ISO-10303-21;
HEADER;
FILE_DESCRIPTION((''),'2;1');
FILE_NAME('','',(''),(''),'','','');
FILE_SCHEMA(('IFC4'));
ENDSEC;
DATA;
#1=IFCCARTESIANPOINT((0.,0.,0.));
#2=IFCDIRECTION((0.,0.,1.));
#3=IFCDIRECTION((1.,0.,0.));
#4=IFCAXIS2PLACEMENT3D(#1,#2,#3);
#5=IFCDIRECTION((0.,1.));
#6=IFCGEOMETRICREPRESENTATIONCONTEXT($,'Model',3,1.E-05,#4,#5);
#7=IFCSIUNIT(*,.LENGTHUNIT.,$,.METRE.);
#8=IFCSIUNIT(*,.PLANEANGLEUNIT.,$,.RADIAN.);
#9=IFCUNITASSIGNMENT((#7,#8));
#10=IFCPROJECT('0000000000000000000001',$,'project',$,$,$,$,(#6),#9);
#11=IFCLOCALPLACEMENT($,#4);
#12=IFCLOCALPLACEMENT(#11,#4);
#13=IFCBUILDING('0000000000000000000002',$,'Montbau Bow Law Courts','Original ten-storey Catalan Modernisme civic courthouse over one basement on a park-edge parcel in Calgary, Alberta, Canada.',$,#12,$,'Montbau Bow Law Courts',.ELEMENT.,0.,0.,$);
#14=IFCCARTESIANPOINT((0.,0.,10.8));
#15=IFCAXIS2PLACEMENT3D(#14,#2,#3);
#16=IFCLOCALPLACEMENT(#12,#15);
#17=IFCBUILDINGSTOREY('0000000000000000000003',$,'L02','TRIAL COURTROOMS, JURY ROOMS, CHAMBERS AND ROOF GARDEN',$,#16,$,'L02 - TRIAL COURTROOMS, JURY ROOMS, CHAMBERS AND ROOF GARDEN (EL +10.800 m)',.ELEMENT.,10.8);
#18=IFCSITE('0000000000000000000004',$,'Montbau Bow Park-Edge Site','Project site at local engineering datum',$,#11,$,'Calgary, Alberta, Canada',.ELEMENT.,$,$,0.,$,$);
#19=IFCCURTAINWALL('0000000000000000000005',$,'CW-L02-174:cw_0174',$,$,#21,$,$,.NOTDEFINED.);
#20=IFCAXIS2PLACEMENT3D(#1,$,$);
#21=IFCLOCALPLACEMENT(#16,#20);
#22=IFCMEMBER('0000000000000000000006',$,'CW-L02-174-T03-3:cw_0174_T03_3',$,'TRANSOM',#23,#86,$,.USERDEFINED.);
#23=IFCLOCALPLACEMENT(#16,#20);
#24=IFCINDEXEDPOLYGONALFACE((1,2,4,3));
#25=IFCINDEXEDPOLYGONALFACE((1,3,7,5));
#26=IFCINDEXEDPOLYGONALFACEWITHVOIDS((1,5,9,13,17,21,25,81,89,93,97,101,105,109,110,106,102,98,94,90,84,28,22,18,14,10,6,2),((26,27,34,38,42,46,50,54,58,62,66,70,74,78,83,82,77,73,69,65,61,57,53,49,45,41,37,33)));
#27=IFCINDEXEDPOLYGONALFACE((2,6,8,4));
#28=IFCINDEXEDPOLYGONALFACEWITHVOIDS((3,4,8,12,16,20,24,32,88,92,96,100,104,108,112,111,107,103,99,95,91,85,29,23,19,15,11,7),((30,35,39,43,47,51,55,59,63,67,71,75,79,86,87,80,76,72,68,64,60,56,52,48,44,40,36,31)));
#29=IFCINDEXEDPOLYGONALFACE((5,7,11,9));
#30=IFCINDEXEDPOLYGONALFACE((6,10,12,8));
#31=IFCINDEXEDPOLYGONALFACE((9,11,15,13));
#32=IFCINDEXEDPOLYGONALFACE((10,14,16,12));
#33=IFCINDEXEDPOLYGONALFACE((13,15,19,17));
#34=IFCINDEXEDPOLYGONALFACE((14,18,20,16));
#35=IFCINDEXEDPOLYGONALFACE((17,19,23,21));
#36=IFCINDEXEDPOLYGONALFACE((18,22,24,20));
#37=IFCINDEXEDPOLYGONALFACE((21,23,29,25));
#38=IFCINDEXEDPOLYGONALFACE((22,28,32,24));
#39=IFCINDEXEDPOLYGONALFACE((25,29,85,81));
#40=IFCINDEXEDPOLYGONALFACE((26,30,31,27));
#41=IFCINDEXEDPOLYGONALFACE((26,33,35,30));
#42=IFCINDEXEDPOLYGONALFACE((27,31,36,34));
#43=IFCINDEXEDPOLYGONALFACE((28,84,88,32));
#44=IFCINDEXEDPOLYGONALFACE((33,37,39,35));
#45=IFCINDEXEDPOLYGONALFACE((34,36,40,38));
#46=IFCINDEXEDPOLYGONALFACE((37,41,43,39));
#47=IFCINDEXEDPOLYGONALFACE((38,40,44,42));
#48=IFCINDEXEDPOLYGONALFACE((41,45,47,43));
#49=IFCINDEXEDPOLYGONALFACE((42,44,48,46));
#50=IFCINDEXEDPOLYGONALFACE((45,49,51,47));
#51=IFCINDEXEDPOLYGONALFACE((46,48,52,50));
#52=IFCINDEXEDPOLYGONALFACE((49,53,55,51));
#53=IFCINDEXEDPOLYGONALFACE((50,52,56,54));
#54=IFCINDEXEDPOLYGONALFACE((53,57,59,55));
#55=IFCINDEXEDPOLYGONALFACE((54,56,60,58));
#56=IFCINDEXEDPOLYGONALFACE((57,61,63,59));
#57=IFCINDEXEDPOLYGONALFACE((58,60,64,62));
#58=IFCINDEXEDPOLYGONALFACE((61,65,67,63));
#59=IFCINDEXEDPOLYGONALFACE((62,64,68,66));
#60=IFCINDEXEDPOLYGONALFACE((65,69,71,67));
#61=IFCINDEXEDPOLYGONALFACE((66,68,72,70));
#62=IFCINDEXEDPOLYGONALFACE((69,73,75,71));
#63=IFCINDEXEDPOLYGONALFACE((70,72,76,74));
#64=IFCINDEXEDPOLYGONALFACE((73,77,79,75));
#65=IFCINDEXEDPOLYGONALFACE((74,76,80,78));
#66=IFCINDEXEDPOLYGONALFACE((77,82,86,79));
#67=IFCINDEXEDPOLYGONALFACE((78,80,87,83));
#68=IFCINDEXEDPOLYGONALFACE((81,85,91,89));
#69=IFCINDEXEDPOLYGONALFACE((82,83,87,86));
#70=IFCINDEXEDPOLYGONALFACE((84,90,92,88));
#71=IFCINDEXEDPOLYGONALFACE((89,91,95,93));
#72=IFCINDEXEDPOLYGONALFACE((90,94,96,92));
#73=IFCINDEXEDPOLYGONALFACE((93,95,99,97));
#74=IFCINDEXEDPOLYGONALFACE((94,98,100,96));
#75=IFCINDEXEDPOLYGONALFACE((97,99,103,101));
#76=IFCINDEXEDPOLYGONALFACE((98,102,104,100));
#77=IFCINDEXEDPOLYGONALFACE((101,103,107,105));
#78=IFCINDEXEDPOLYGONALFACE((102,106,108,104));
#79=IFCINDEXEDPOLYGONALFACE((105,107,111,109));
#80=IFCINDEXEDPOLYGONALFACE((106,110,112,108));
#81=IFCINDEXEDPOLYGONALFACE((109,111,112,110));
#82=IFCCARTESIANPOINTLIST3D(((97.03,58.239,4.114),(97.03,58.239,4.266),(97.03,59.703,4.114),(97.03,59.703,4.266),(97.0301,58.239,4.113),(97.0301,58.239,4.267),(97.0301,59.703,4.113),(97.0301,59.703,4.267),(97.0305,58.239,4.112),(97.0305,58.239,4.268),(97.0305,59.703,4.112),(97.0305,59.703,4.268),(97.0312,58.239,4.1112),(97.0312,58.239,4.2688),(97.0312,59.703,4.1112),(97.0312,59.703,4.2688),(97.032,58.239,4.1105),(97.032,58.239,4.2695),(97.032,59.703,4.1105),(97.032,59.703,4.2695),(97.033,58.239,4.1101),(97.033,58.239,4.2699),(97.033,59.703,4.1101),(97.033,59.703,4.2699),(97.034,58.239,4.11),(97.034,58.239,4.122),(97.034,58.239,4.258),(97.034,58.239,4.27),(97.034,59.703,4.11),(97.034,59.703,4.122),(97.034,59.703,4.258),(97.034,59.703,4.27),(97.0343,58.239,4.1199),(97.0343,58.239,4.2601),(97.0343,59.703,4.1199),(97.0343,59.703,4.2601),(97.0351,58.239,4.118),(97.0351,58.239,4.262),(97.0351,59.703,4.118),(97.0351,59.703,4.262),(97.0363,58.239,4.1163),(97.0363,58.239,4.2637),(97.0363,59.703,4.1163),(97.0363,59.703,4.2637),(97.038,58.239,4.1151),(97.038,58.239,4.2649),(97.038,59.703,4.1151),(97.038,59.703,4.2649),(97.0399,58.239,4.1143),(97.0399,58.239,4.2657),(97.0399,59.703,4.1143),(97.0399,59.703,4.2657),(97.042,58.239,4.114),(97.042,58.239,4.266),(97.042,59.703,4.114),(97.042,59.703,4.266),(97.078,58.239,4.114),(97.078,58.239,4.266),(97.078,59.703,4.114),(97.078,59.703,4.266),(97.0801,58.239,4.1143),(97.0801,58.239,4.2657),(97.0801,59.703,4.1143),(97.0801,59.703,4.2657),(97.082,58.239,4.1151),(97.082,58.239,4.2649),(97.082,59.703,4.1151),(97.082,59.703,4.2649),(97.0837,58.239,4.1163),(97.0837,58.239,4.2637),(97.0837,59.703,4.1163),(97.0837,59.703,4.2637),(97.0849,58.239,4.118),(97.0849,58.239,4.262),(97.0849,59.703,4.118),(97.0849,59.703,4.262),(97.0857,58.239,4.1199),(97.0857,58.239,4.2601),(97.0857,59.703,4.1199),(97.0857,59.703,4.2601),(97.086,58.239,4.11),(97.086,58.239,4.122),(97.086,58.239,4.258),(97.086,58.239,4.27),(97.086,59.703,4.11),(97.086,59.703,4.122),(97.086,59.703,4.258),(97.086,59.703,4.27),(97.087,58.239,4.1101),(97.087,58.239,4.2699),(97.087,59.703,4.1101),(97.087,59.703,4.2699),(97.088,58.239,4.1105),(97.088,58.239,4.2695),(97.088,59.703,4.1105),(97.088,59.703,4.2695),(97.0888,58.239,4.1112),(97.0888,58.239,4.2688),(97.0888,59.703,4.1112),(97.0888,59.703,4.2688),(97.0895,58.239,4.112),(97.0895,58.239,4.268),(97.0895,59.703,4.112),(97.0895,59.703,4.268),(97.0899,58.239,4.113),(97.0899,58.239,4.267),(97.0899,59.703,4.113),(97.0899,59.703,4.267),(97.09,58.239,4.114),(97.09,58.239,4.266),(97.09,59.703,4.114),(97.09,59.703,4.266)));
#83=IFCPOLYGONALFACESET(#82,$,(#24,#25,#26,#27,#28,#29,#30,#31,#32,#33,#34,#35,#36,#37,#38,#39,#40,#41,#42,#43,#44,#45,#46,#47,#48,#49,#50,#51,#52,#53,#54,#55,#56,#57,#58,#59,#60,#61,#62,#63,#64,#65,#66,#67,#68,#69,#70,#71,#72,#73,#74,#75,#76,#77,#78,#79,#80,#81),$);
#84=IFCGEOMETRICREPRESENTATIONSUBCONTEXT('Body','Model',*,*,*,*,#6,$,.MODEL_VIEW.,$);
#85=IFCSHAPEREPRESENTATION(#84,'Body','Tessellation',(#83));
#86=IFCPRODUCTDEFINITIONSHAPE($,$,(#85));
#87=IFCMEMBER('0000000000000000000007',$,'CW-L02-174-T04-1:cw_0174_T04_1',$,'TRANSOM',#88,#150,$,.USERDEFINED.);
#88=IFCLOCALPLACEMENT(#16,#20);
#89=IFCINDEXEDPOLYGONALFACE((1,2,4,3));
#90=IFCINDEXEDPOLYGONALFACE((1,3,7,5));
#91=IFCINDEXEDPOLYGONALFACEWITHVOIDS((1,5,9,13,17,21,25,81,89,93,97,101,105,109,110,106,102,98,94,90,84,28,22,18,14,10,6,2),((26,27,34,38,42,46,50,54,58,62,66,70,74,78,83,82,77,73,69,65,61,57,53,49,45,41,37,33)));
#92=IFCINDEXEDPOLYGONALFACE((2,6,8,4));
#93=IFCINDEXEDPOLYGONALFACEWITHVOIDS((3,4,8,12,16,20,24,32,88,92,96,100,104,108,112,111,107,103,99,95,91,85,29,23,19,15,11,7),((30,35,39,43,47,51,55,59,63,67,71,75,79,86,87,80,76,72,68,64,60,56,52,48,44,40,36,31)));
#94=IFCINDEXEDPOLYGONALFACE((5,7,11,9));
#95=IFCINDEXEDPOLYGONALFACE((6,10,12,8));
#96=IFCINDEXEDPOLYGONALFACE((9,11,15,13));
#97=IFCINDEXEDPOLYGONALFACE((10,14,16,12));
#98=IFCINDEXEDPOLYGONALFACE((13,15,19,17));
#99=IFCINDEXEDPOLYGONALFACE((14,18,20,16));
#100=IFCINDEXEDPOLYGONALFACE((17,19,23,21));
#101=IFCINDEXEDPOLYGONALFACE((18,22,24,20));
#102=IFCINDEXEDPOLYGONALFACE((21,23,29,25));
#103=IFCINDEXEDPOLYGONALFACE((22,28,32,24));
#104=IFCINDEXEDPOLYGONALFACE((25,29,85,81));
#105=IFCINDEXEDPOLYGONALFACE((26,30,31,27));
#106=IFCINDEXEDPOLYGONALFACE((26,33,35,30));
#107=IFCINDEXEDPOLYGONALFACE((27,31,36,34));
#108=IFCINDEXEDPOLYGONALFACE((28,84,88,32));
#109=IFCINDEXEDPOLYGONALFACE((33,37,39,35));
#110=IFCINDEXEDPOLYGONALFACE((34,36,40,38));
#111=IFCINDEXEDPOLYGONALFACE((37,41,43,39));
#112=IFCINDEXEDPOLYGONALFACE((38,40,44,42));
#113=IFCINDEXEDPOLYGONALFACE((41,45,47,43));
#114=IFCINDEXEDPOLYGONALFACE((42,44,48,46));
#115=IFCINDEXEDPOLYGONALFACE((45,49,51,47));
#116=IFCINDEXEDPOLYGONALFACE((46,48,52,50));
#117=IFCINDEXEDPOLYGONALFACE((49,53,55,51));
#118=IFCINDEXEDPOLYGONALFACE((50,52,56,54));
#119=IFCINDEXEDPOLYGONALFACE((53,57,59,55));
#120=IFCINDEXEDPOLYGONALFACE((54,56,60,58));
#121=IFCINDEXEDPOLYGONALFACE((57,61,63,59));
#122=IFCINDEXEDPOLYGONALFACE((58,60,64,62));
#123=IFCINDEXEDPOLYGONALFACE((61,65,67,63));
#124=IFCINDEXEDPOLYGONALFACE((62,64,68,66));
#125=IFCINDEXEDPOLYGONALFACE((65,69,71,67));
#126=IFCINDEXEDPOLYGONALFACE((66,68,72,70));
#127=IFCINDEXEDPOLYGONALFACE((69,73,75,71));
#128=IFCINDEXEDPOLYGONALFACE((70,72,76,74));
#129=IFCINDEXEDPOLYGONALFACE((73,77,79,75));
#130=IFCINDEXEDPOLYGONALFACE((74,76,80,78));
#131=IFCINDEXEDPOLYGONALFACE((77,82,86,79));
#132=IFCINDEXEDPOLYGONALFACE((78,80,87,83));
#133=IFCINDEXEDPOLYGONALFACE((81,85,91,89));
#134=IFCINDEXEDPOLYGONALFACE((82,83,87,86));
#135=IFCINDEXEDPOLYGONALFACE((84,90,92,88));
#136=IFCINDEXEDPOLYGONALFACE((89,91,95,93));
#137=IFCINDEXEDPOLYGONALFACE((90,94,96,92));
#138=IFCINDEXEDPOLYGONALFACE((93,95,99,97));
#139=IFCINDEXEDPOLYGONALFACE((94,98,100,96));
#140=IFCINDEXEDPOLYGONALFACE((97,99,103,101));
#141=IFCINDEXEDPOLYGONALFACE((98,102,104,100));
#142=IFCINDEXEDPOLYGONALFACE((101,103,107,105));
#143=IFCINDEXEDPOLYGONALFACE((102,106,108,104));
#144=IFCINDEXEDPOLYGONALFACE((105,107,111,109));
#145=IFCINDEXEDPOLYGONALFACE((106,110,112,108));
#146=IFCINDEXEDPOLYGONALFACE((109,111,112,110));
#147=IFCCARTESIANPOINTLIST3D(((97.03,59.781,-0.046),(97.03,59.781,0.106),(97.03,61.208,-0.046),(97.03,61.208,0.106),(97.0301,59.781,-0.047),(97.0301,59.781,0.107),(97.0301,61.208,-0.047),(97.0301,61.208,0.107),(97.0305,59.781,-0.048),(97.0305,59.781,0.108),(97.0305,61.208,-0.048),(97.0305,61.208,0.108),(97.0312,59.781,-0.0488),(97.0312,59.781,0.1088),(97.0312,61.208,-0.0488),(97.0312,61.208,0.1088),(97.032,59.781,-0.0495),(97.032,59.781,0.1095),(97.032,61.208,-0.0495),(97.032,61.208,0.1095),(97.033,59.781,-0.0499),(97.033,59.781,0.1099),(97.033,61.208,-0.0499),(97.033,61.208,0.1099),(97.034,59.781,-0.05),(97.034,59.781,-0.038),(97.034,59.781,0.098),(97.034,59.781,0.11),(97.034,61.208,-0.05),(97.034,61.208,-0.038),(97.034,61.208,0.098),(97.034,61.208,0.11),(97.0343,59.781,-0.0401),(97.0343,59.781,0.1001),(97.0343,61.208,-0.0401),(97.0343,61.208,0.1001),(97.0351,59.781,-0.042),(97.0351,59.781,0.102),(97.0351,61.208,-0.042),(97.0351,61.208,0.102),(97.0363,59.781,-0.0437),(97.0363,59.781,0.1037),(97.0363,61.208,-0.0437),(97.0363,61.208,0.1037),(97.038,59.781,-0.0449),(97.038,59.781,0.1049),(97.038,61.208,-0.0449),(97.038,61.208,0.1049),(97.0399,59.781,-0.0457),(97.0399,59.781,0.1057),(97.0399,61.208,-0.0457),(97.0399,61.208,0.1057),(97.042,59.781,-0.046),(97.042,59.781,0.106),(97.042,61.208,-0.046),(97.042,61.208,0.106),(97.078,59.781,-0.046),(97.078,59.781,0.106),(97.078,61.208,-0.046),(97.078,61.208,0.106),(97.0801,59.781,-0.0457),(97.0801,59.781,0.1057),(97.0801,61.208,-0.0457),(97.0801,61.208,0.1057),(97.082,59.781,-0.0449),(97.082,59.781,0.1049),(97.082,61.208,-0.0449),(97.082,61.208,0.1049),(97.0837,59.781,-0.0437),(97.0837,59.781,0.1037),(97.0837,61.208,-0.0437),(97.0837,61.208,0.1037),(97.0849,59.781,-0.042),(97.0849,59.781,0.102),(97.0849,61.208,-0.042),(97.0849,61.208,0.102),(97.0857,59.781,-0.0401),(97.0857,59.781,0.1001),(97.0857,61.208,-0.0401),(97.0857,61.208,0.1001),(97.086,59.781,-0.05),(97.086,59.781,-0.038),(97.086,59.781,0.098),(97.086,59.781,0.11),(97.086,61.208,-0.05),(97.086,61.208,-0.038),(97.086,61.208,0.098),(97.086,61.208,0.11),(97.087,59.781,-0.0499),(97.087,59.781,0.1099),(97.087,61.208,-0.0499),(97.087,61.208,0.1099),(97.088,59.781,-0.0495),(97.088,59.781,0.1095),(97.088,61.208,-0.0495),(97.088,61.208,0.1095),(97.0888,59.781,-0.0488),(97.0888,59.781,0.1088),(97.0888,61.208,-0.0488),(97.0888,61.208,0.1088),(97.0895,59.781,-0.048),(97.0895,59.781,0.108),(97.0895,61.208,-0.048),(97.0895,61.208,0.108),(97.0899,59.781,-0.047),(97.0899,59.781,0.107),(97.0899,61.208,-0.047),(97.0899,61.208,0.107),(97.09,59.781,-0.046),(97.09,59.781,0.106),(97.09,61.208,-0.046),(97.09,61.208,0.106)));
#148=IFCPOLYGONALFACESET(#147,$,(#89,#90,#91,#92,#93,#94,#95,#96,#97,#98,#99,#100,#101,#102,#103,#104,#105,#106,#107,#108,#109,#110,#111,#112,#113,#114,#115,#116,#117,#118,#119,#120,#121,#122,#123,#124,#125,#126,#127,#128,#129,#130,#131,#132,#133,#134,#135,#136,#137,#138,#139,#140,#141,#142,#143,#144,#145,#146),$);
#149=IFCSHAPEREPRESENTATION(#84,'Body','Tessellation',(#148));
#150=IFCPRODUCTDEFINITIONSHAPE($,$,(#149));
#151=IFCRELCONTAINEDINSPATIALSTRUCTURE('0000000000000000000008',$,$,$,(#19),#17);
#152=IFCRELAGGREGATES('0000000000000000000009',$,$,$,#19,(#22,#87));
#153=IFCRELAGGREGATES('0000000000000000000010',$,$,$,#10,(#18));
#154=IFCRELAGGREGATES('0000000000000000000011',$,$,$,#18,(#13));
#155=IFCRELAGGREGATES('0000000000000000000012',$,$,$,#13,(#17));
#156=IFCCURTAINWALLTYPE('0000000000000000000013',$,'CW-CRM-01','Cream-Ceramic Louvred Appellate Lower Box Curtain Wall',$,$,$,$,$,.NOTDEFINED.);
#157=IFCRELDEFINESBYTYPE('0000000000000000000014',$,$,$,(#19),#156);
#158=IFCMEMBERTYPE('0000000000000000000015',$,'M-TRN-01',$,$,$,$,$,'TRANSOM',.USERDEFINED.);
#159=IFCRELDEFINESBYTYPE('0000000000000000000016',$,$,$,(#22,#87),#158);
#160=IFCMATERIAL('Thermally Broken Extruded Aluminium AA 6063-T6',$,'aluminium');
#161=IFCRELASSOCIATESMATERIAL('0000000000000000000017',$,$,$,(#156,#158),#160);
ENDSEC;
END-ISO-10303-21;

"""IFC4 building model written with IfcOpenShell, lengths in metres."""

from ifc_helpers import new_model, si_unit, direction, frame, origin_with_axes, origin_2d_with_axis, place, context, subcontext, project, spatial, hollow_rectangle, extrude, material, material_profile, profile_set, type_object, element, aggregate, save


model = new_model("IFC4")

# Units and contexts
model_context = context("Model", 3, precision=1e-05, world=origin_with_axes(), true_north=direction((0.0, 1.0)))
body_context = subcontext(model_context, "Body", "Model", "MODEL_VIEW")
ifc_project = project(units=[si_unit("LENGTHUNIT", "METRE"), si_unit("PLANEANGLEUNIT", "RADIAN")], contexts=[model_context])

# Site, building, storey
site_placement = place(None, origin_with_axes())
site = spatial("IfcSite", under=ifc_project, at=site_placement, Name="Montbau Bow Park-Edge Site", Description="Project site at local engineering datum", LongName="Calgary, Alberta, Canada", CompositionType="ELEMENT", RefElevation=0.0)
building_placement = place(site_placement, origin_with_axes())
building = spatial("IfcBuilding", under=site, at=building_placement, Name="Montbau Bow Law Courts", Description="Original ten-storey Catalan Modernisme civic courthouse over one basement on a park-edge parcel in Calgary, Alberta, Canada.", LongName="Montbau Bow Law Courts", CompositionType="ELEMENT", ElevationOfRefHeight=0.0, ElevationOfTerrain=0.0)
storey_placement = place(building_placement, frame((0.0, 0.0, 10.8), z_axis=(0.0, 0.0, 1.0), x_axis=(1.0, 0.0, 0.0)))
storey = spatial("IfcBuildingStorey", under=building, at=storey_placement, Name="L02", Description="TRIAL COURTROOMS, JURY ROOMS, CHAMBERS AND ROOF GARDEN", LongName="L02 - TRIAL COURTROOMS, JURY ROOMS, CHAMBERS AND ROOF GARDEN (EL +10.800 m)", CompositionType="ELEMENT", Elevation=10.8)

# Curtain wall, members
ifc_material_1 = material(Name="Thermally Broken Extruded Aluminium AA 6063-T6", Category="aluminium")
curtain_wall_type = type_object("IfcCurtainWallType", Name="CW-CRM-01", Description="Cream-Ceramic Louvred Appellate Lower Box Curtain Wall", PredefinedType="NOTDEFINED", material=ifc_material_1)
curtain_wall_placement = place(None, frame((97.06, 55.115, 10.8), z_axis=(0.0, 0.0, 1.0), x_axis=(1.0, 0.0, 0.0)))
curtain_wall = element("IfcCurtainWall", 1, at=curtain_wall_placement, inside=storey, type_object=curtain_wall_type, Name="CW-L02-174:cw_0174", PredefinedType="NOTDEFINED")
ifc_material_profile_1 = material_profile(ifc_material_1, hollow_rectangle(XDim=0.06, YDim=0.16, WallThickness=0.004, InnerFilletRadius=0.008, OuterFilletRadius=0.004, at=origin_2d_with_axis()), Name="CWT-160X60", Category="Main", Priority=0)
ifc_profile_set_1 = profile_set([ifc_material_profile_1], Name="Thermally Broken Extruded Aluminium AA 6063-T6")
member_type_1 = type_object("IfcMemberType", Name="M-TRN-01", ElementType="TRANSOM", PredefinedType="USERDEFINED", material=ifc_profile_set_1)
member_1_placement = place(None, frame((97.06, 58.239, 14.99), z_axis=(0.0, 1.0, 0.0), x_axis=(-1.0, 0.0, 0.0)))
member_1 = element("IfcMember", 2, at=member_1_placement, type_object=member_type_1, Name="CW-L02-174-T03-3:cw_0174_T03_3", ObjectType="TRANSOM", PredefinedType="USERDEFINED", context=body_context, shape_type="SweptSolid", body=[
    extrude(hollow_rectangle(XDim=0.06, YDim=0.16, WallThickness=0.004, InnerFilletRadius=0.008, OuterFilletRadius=0.004, at=origin_2d_with_axis()), origin_with_axes(), (0.0, 0.0, 1.0), 1.464),
])
member_2_placement = place(None, frame((97.06, 59.781, 10.83), z_axis=(0.0, 1.0, 0.0), x_axis=(-1.0, 0.0, 0.0)))
member_2 = element("IfcMember", 3, at=member_2_placement, type_object=member_type_1, Name="CW-L02-174-T04-1:cw_0174_T04_1", ObjectType="TRANSOM", PredefinedType="USERDEFINED", context=body_context, shape_type="SweptSolid", body=[
    extrude(hollow_rectangle(XDim=0.06, YDim=0.16, WallThickness=0.004, InnerFilletRadius=0.008, OuterFilletRadius=0.004, at=origin_2d_with_axis()), origin_with_axes(), (0.0, 0.0, 1.0), 1.427),
])
aggregate(curtain_wall, [member_1, member_2])

save(model, "model.ifc")
